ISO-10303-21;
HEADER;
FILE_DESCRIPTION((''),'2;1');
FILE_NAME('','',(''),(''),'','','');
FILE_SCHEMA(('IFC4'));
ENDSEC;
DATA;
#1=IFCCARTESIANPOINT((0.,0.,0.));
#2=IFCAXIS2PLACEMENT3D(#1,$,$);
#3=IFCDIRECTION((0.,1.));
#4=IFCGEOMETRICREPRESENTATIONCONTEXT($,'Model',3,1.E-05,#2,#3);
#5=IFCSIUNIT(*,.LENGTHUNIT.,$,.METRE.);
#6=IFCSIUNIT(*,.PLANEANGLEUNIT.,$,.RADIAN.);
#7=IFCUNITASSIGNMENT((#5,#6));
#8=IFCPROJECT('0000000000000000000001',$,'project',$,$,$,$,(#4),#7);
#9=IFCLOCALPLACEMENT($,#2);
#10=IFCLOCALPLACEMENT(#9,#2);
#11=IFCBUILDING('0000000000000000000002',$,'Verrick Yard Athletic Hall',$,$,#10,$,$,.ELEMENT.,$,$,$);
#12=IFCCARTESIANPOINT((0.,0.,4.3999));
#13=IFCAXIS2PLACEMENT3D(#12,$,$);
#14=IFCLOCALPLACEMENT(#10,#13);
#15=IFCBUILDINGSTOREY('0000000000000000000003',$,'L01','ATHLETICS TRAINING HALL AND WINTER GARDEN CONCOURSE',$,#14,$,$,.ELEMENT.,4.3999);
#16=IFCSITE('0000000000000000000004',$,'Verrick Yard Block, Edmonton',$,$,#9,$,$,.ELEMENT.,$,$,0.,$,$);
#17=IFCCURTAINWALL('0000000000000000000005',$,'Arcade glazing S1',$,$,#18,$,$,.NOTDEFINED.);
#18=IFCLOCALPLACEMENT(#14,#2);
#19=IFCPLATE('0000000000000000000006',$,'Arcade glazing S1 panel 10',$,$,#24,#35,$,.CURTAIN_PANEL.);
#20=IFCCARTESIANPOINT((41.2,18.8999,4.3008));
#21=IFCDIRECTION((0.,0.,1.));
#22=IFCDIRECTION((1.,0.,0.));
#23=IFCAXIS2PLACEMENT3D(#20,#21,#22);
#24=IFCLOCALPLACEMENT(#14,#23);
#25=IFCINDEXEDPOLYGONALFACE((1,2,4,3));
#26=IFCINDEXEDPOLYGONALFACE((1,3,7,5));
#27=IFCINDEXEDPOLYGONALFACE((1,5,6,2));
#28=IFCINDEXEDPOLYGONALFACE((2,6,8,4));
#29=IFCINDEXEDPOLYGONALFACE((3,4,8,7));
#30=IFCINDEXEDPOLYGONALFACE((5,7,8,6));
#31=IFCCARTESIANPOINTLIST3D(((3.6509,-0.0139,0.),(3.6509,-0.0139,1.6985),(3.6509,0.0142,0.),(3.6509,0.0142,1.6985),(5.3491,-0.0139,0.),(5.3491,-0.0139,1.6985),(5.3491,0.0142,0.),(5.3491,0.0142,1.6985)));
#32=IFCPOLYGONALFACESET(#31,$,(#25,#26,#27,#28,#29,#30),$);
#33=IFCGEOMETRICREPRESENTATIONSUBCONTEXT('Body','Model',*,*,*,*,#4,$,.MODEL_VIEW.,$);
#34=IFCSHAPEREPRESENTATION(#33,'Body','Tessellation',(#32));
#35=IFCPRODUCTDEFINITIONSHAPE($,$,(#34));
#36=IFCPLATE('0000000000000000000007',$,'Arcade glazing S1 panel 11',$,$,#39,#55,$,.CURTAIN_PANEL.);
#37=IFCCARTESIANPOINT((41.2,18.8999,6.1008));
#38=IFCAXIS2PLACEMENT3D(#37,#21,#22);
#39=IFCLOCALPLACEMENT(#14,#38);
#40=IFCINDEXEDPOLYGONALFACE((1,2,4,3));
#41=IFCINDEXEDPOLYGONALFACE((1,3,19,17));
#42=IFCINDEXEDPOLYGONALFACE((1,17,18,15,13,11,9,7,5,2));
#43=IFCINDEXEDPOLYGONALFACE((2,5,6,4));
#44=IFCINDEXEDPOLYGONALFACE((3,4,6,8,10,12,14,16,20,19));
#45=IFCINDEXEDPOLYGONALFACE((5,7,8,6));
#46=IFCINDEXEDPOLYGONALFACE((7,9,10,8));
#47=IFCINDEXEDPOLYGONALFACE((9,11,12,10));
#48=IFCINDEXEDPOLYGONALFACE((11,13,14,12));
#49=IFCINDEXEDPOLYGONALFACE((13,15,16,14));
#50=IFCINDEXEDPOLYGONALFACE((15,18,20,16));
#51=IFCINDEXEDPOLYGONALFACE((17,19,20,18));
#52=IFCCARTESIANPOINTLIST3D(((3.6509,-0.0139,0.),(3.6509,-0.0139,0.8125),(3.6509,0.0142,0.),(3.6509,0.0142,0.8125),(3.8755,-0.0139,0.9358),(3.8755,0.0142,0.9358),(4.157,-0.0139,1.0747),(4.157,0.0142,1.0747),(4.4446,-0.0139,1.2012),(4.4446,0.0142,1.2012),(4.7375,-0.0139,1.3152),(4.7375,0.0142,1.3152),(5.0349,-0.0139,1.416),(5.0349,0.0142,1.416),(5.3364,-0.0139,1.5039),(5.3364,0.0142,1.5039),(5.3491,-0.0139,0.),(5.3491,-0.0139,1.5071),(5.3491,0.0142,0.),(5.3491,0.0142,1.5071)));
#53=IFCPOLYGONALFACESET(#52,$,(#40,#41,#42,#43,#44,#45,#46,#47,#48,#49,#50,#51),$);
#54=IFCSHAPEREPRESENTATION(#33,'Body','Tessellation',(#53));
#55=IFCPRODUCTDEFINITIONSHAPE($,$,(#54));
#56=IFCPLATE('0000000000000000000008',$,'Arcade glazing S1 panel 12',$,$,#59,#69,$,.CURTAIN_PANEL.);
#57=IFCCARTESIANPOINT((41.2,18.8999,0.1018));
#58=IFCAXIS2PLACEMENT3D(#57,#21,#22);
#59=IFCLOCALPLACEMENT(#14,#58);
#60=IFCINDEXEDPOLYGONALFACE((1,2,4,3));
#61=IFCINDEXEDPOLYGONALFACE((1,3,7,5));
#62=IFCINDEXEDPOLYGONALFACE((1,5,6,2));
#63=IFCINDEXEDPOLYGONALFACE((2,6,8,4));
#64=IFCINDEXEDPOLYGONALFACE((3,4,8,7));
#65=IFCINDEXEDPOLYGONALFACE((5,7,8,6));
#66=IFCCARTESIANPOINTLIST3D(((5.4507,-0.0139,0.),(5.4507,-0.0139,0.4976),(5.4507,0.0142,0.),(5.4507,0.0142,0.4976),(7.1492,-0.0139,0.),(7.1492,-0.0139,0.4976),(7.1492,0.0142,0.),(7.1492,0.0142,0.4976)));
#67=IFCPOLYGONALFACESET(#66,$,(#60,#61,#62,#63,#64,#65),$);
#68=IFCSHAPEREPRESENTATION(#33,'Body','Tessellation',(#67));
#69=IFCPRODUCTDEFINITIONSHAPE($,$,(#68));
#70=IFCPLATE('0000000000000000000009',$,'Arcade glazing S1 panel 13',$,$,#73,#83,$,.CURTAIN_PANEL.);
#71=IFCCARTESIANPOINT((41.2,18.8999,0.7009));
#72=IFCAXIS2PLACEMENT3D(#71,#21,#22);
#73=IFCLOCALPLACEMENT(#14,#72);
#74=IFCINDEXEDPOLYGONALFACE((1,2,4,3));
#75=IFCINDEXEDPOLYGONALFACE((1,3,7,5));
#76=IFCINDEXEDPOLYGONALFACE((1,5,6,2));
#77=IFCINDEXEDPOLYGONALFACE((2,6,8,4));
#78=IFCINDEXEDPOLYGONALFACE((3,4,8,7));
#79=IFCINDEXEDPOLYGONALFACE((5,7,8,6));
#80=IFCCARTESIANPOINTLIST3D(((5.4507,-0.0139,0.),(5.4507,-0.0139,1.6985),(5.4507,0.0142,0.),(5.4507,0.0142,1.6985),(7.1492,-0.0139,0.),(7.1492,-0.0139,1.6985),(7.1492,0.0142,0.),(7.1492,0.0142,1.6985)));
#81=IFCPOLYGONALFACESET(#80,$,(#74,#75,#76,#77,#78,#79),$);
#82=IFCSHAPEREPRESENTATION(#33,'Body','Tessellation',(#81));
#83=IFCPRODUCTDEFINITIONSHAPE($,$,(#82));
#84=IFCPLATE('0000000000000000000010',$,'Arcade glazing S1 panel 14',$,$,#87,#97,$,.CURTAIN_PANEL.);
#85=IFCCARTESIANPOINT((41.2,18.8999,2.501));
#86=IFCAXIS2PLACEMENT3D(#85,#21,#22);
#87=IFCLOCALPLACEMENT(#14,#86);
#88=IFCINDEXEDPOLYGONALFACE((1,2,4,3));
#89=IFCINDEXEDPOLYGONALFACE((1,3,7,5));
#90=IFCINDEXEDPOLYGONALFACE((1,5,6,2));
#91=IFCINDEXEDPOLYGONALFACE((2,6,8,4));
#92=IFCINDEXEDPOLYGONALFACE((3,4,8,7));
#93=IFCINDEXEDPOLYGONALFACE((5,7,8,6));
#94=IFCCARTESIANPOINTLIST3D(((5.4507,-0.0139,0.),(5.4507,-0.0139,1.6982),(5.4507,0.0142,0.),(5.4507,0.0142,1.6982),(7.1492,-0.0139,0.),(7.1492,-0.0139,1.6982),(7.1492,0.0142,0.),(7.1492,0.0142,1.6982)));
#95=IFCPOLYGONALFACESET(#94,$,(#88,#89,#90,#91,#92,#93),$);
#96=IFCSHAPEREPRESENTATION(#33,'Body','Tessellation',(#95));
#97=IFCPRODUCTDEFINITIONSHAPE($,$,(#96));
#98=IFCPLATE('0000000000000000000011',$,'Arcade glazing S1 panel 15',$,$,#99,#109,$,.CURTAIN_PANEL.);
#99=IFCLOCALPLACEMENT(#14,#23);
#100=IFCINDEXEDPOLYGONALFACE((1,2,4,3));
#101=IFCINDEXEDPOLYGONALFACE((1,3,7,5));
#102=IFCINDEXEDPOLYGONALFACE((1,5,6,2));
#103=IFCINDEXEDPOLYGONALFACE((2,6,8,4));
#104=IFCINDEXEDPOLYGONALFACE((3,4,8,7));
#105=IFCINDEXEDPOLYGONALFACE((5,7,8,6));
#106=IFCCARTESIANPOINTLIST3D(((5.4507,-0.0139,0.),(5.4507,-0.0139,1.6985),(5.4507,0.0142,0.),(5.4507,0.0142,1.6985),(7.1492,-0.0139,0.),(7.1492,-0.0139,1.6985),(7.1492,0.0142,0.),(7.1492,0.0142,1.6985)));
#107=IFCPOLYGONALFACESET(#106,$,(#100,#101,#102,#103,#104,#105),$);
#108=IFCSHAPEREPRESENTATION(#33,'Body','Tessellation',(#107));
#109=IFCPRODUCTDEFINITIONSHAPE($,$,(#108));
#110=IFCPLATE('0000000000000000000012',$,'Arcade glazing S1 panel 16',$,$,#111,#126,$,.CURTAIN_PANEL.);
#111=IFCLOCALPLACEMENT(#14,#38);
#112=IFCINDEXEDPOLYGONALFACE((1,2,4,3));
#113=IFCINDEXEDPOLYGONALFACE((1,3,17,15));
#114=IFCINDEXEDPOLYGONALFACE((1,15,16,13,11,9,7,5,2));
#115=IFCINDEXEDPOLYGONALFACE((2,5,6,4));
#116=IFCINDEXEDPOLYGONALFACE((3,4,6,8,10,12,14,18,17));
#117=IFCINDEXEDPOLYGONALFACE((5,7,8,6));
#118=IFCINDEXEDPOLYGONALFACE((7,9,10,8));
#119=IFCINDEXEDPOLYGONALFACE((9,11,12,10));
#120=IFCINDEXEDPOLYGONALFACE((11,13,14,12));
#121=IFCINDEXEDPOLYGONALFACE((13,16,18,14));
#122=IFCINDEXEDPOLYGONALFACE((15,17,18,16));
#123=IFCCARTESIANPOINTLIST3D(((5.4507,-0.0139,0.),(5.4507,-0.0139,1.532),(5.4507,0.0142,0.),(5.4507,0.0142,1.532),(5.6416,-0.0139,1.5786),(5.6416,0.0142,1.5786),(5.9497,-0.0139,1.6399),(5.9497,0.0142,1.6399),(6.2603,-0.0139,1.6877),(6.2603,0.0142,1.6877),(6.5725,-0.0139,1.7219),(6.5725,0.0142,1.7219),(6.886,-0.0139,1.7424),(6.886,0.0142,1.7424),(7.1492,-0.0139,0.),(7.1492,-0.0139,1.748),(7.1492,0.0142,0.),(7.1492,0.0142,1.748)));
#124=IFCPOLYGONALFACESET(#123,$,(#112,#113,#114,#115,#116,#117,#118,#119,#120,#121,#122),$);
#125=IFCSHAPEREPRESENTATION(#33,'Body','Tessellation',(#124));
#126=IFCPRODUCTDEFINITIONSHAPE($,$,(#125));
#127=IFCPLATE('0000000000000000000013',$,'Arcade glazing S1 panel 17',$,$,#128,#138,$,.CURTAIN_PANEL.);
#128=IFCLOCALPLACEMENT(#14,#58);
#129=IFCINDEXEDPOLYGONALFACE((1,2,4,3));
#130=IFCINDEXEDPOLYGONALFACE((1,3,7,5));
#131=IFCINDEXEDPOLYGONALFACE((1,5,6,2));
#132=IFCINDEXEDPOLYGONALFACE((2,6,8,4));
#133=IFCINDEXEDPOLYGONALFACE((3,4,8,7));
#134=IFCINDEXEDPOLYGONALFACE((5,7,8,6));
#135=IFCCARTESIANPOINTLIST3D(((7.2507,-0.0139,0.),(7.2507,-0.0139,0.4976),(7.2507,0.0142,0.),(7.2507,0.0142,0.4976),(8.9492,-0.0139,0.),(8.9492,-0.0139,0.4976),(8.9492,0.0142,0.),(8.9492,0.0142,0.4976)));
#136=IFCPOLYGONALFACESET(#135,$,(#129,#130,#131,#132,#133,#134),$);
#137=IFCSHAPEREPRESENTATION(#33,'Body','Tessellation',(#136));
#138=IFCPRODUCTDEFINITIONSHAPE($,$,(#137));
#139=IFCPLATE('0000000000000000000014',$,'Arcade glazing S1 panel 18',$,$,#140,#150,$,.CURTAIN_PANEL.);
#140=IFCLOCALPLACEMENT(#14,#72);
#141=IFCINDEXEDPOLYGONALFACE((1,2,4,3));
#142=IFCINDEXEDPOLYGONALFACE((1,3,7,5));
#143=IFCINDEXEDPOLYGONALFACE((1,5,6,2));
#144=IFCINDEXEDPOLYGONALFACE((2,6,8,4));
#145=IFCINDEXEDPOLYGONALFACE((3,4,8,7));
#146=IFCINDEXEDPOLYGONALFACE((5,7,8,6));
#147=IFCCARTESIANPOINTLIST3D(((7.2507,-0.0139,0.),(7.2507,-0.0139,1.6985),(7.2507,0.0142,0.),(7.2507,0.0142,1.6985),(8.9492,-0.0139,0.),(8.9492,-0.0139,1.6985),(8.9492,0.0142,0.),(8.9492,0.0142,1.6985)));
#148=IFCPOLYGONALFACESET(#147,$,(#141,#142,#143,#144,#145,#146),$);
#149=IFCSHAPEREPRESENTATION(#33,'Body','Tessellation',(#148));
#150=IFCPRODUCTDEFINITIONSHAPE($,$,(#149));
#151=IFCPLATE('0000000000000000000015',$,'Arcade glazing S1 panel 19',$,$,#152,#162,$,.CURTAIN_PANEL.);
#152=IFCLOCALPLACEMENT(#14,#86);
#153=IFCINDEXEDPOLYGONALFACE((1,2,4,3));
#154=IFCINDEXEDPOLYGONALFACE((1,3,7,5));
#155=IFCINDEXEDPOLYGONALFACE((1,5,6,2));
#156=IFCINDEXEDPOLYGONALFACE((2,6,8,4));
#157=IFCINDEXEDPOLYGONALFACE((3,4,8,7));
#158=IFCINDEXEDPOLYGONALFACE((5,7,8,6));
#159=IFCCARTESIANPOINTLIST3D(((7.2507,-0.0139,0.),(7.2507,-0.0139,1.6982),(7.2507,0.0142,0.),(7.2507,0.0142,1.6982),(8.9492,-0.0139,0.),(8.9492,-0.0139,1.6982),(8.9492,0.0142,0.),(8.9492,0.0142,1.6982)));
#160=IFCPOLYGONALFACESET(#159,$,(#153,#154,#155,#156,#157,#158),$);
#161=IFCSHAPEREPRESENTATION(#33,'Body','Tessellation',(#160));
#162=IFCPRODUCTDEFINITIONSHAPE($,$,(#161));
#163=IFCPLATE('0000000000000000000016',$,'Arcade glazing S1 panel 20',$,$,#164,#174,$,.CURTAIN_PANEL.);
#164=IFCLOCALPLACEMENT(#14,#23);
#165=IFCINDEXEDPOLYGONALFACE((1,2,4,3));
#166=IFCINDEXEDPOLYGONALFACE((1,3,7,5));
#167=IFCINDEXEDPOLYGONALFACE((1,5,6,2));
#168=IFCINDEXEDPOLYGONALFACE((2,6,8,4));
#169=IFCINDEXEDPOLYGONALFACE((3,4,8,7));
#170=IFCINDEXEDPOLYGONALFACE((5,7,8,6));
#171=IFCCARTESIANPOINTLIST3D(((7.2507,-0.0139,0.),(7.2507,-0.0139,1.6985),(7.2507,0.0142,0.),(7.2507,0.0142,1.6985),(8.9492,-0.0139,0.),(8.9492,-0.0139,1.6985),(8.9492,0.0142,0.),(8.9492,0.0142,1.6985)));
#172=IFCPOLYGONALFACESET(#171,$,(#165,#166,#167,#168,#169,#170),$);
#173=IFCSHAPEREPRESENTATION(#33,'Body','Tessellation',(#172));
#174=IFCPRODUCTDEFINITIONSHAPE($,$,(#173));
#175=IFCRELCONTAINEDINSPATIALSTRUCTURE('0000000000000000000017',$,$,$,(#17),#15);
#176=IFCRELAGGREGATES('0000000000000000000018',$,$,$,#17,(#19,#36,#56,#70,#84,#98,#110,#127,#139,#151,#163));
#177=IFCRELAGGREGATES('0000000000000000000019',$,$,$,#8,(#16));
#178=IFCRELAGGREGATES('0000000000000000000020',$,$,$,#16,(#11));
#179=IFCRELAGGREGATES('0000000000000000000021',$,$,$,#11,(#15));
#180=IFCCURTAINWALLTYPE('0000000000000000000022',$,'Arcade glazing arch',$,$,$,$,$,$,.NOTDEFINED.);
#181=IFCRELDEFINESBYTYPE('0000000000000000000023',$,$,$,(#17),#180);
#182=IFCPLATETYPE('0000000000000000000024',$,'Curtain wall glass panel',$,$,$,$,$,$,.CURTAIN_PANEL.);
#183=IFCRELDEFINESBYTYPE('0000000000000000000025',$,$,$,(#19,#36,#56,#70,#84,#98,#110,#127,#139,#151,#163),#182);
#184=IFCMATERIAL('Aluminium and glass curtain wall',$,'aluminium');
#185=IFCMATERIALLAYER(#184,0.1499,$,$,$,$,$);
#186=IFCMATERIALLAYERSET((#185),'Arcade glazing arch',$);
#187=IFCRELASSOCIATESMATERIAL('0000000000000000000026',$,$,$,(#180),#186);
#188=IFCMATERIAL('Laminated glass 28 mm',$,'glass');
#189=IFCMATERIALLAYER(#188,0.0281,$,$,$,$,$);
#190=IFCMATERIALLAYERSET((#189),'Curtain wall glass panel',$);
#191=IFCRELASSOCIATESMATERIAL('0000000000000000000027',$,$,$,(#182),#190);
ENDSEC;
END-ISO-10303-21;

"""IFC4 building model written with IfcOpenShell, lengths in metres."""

from ifc_helpers import new_model, si_unit, direction, frame, origin, place, context, subcontext, project, spatial, polyline, outline, extrude, material, layer, layer_set, type_object, element, aggregate, save


model = new_model("IFC4")

# Units and contexts
model_context = context("Model", 3, precision=1e-05, world=origin(), true_north=direction((0.0, 1.0)))
body_context = subcontext(model_context, "Body", "Model", "MODEL_VIEW")
ifc_project = project(units=[si_unit("LENGTHUNIT", "METRE"), si_unit("PLANEANGLEUNIT", "RADIAN")], contexts=[model_context])

# Site, building, storey
site_placement = place(None, origin())
site = spatial("IfcSite", under=ifc_project, at=site_placement, Name="Verrick Yard Block, Edmonton", CompositionType="ELEMENT", RefElevation=0.0)
building_placement = place(site_placement, origin())
building = spatial("IfcBuilding", under=site, at=building_placement, Name="Verrick Yard Athletic Hall", CompositionType="ELEMENT")
storey_placement = place(building_placement, frame((0.0, 0.0, 4.3999)))
storey = spatial("IfcBuildingStorey", under=building, at=storey_placement, Name="L01", Description="ATHLETICS TRAINING HALL AND WINTER GARDEN CONCOURSE", CompositionType="ELEMENT", Elevation=4.3999)

# Curtain wall, plates
ifc_material_1 = material(Name="Aluminium and glass curtain wall", Category="aluminium")
ifc_layer_1 = layer(ifc_material_1, 0.1499)
ifc_layer_set_1 = layer_set([ifc_layer_1], Name="Arcade glazing arch")
curtain_wall_type = type_object("IfcCurtainWallType", Name="Arcade glazing arch", PredefinedType="NOTDEFINED", material=ifc_layer_set_1)
curtain_wall_placement = place(storey_placement, origin())
curtain_wall = element("IfcCurtainWall", 1, at=curtain_wall_placement, inside=storey, type_object=curtain_wall_type, Name="Arcade glazing S1", PredefinedType="NOTDEFINED")
ifc_material_2 = material(Name="Laminated glass 28 mm", Category="glass")
ifc_layer_2 = layer(ifc_material_2, 0.0281)
ifc_layer_set_2 = layer_set([ifc_layer_2], Name="Curtain wall glass panel")
plate_type = type_object("IfcPlateType", Name="Curtain wall glass panel", PredefinedType="CURTAIN_PANEL", material=ifc_layer_set_2)
plate_1_placement = place(storey_placement, frame((41.2, 18.8999, 4.3008), z_axis=(0.0, 0.0, 1.0), x_axis=(1.0, 0.0, 0.0)))
plate_1 = element("IfcPlate", 2, at=plate_1_placement, type_object=plate_type, Name="Arcade glazing S1 panel 10", PredefinedType="CURTAIN_PANEL", context=body_context, shape_type="SweptSolid", body=[
    extrude(outline(polyline([(5.3491, 0.0), (5.3491, 1.6985), (3.6509, 1.6985), (3.6509, 0.0), (5.3491, 0.0)])), frame((0.0, 0.0142, 0.0), z_axis=(0.0, -1.0, 0.0), x_axis=(1.0, 0.0, 0.0)), (0.0, 0.0, 1.0), 0.0281),
])
plate_2_placement = place(storey_placement, frame((41.2, 18.8999, 6.1008), z_axis=(0.0, 0.0, 1.0), x_axis=(1.0, 0.0, 0.0)))
plate_2 = element("IfcPlate", 3, at=plate_2_placement, type_object=plate_type, Name="Arcade glazing S1 panel 11", PredefinedType="CURTAIN_PANEL", context=body_context, shape_type="SweptSolid", body=[
    extrude(outline(polyline([(5.3491, 1.5071), (5.3364, 1.5039), (5.0349, 1.416), (4.7375, 1.3152), (4.4446, 1.2012), (4.157, 1.0747), (3.8755, 0.9358), (3.6509, 0.8125), (3.6509, 0.0), (5.3491, 0.0), (5.3491, 1.5071)])), frame((0.0, 0.0142, 0.0), z_axis=(0.0, -1.0, 0.0), x_axis=(1.0, 0.0, 0.0)), (0.0, 0.0, 1.0), 0.0281),
])
plate_3_placement = place(storey_placement, frame((41.2, 18.8999, 0.1018), z_axis=(0.0, 0.0, 1.0), x_axis=(1.0, 0.0, 0.0)))
plate_3 = element("IfcPlate", 4, at=plate_3_placement, type_object=plate_type, Name="Arcade glazing S1 panel 12", PredefinedType="CURTAIN_PANEL", context=body_context, shape_type="SweptSolid", body=[
    extrude(outline(polyline([(7.1492, 0.0), (7.1492, 0.4976), (5.4507, 0.4976), (5.4507, 0.0), (7.1492, 0.0)])), frame((0.0, 0.0142, 0.0), z_axis=(0.0, -1.0, 0.0), x_axis=(1.0, 0.0, 0.0)), (0.0, 0.0, 1.0), 0.0281),
])
plate_4_placement = place(storey_placement, frame((41.2, 18.8999, 0.7009), z_axis=(0.0, 0.0, 1.0), x_axis=(1.0, 0.0, 0.0)))
plate_4 = element("IfcPlate", 5, at=plate_4_placement, type_object=plate_type, Name="Arcade glazing S1 panel 13", PredefinedType="CURTAIN_PANEL", context=body_context, shape_type="SweptSolid", body=[
    extrude(outline(polyline([(7.1492, 0.0), (7.1492, 1.6985), (5.4507, 1.6985), (5.4507, 0.0), (7.1492, 0.0)])), frame((0.0, 0.0142, 0.0), z_axis=(0.0, -1.0, 0.0), x_axis=(1.0, 0.0, 0.0)), (0.0, 0.0, 1.0), 0.0281),
])
plate_5_placement = place(storey_placement, frame((41.2, 18.8999, 2.501), z_axis=(0.0, 0.0, 1.0), x_axis=(1.0, 0.0, 0.0)))
plate_5 = element("IfcPlate", 6, at=plate_5_placement, type_object=plate_type, Name="Arcade glazing S1 panel 14", PredefinedType="CURTAIN_PANEL", context=body_context, shape_type="SweptSolid", body=[
    extrude(outline(polyline([(7.1492, 0.0), (7.1492, 1.6982), (5.4507, 1.6982), (5.4507, 0.0), (7.1492, 0.0)])), frame((0.0, 0.0142, 0.0), z_axis=(0.0, -1.0, 0.0), x_axis=(1.0, 0.0, 0.0)), (0.0, 0.0, 1.0), 0.0281),
])
plate_6_placement = place(storey_placement, frame((41.2, 18.8999, 4.3008), z_axis=(0.0, 0.0, 1.0), x_axis=(1.0, 0.0, 0.0)))
plate_6 = element("IfcPlate", 7, at=plate_6_placement, type_object=plate_type, Name="Arcade glazing S1 panel 15", PredefinedType="CURTAIN_PANEL", context=body_context, shape_type="SweptSolid", body=[
    extrude(outline(polyline([(7.1492, 0.0), (7.1492, 1.6985), (5.4507, 1.6985), (5.4507, 0.0), (7.1492, 0.0)])), frame((0.0, 0.0142, 0.0), z_axis=(0.0, -1.0, 0.0), x_axis=(1.0, 0.0, 0.0)), (0.0, 0.0, 1.0), 0.0281),
])
plate_7_placement = place(storey_placement, frame((41.2, 18.8999, 6.1008), z_axis=(0.0, 0.0, 1.0), x_axis=(1.0, 0.0, 0.0)))
plate_7 = element("IfcPlate", 8, at=plate_7_placement, type_object=plate_type, Name="Arcade glazing S1 panel 16", PredefinedType="CURTAIN_PANEL", context=body_context, shape_type="SweptSolid", body=[
    extrude(outline(polyline([(7.1492, 1.748), (6.886, 1.7424), (6.5725, 1.7219), (6.2603, 1.6877), (5.9497, 1.6399), (5.6416, 1.5786), (5.4507, 1.532), (5.4507, 0.0), (7.1492, 0.0), (7.1492, 1.748)])), frame((0.0, 0.0142, 0.0), z_axis=(0.0, -1.0, 0.0), x_axis=(1.0, 0.0, 0.0)), (0.0, 0.0, 1.0), 0.0281),
])
plate_8_placement = place(storey_placement, frame((41.2, 18.8999, 0.1018), z_axis=(0.0, 0.0, 1.0), x_axis=(1.0, 0.0, 0.0)))
plate_8 = element("IfcPlate", 9, at=plate_8_placement, type_object=plate_type, Name="Arcade glazing S1 panel 17", PredefinedType="CURTAIN_PANEL", context=body_context, shape_type="SweptSolid", body=[
    extrude(outline(polyline([(8.9492, 0.0), (8.9492, 0.4976), (7.2507, 0.4976), (7.2507, 0.0), (8.9492, 0.0)])), frame((0.0, 0.0142, 0.0), z_axis=(0.0, -1.0, 0.0), x_axis=(1.0, 0.0, 0.0)), (0.0, 0.0, 1.0), 0.0281),
])
plate_9_placement = place(storey_placement, frame((41.2, 18.8999, 0.7009), z_axis=(0.0, 0.0, 1.0), x_axis=(1.0, 0.0, 0.0)))
plate_9 = element("IfcPlate", 10, at=plate_9_placement, type_object=plate_type, Name="Arcade glazing S1 panel 18", PredefinedType="CURTAIN_PANEL", context=body_context, shape_type="SweptSolid", body=[
    extrude(outline(polyline([(8.9492, 0.0), (8.9492, 1.6985), (7.2507, 1.6985), (7.2507, 0.0), (8.9492, 0.0)])), frame((0.0, 0.0142, 0.0), z_axis=(0.0, -1.0, 0.0), x_axis=(1.0, 0.0, 0.0)), (0.0, 0.0, 1.0), 0.0281),
])
plate_10_placement = place(storey_placement, frame((41.2, 18.8999, 2.501), z_axis=(0.0, 0.0, 1.0), x_axis=(1.0, 0.0, 0.0)))
plate_10 = element("IfcPlate", 11, at=plate_10_placement, type_object=plate_type, Name="Arcade glazing S1 panel 19", PredefinedType="CURTAIN_PANEL", context=body_context, shape_type="SweptSolid", body=[
    extrude(outline(polyline([(8.9492, 0.0), (8.9492, 1.6982), (7.2507, 1.6982), (7.2507, 0.0), (8.9492, 0.0)])), frame((0.0, 0.0142, 0.0), z_axis=(0.0, -1.0, 0.0), x_axis=(1.0, 0.0, 0.0)), (0.0, 0.0, 1.0), 0.0281),
])
plate_11_placement = place(storey_placement, frame((41.2, 18.8999, 4.3008), z_axis=(0.0, 0.0, 1.0), x_axis=(1.0, 0.0, 0.0)))
plate_11 = element("IfcPlate", 12, at=plate_11_placement, type_object=plate_type, Name="Arcade glazing S1 panel 20", PredefinedType="CURTAIN_PANEL", context=body_context, shape_type="SweptSolid", body=[
    extrude(outline(polyline([(8.9492, 0.0), (8.9492, 1.6985), (7.2507, 1.6985), (7.2507, 0.0), (8.9492, 0.0)])), frame((0.0, 0.0142, 0.0), z_axis=(0.0, -1.0, 0.0), x_axis=(1.0, 0.0, 0.0)), (0.0, 0.0, 1.0), 0.0281),
])
aggregate(curtain_wall, [plate_1, plate_2, plate_3, plate_4, plate_5, plate_6, plate_7, plate_8, plate_9, plate_10, plate_11])

save(model, "model.ifc")
